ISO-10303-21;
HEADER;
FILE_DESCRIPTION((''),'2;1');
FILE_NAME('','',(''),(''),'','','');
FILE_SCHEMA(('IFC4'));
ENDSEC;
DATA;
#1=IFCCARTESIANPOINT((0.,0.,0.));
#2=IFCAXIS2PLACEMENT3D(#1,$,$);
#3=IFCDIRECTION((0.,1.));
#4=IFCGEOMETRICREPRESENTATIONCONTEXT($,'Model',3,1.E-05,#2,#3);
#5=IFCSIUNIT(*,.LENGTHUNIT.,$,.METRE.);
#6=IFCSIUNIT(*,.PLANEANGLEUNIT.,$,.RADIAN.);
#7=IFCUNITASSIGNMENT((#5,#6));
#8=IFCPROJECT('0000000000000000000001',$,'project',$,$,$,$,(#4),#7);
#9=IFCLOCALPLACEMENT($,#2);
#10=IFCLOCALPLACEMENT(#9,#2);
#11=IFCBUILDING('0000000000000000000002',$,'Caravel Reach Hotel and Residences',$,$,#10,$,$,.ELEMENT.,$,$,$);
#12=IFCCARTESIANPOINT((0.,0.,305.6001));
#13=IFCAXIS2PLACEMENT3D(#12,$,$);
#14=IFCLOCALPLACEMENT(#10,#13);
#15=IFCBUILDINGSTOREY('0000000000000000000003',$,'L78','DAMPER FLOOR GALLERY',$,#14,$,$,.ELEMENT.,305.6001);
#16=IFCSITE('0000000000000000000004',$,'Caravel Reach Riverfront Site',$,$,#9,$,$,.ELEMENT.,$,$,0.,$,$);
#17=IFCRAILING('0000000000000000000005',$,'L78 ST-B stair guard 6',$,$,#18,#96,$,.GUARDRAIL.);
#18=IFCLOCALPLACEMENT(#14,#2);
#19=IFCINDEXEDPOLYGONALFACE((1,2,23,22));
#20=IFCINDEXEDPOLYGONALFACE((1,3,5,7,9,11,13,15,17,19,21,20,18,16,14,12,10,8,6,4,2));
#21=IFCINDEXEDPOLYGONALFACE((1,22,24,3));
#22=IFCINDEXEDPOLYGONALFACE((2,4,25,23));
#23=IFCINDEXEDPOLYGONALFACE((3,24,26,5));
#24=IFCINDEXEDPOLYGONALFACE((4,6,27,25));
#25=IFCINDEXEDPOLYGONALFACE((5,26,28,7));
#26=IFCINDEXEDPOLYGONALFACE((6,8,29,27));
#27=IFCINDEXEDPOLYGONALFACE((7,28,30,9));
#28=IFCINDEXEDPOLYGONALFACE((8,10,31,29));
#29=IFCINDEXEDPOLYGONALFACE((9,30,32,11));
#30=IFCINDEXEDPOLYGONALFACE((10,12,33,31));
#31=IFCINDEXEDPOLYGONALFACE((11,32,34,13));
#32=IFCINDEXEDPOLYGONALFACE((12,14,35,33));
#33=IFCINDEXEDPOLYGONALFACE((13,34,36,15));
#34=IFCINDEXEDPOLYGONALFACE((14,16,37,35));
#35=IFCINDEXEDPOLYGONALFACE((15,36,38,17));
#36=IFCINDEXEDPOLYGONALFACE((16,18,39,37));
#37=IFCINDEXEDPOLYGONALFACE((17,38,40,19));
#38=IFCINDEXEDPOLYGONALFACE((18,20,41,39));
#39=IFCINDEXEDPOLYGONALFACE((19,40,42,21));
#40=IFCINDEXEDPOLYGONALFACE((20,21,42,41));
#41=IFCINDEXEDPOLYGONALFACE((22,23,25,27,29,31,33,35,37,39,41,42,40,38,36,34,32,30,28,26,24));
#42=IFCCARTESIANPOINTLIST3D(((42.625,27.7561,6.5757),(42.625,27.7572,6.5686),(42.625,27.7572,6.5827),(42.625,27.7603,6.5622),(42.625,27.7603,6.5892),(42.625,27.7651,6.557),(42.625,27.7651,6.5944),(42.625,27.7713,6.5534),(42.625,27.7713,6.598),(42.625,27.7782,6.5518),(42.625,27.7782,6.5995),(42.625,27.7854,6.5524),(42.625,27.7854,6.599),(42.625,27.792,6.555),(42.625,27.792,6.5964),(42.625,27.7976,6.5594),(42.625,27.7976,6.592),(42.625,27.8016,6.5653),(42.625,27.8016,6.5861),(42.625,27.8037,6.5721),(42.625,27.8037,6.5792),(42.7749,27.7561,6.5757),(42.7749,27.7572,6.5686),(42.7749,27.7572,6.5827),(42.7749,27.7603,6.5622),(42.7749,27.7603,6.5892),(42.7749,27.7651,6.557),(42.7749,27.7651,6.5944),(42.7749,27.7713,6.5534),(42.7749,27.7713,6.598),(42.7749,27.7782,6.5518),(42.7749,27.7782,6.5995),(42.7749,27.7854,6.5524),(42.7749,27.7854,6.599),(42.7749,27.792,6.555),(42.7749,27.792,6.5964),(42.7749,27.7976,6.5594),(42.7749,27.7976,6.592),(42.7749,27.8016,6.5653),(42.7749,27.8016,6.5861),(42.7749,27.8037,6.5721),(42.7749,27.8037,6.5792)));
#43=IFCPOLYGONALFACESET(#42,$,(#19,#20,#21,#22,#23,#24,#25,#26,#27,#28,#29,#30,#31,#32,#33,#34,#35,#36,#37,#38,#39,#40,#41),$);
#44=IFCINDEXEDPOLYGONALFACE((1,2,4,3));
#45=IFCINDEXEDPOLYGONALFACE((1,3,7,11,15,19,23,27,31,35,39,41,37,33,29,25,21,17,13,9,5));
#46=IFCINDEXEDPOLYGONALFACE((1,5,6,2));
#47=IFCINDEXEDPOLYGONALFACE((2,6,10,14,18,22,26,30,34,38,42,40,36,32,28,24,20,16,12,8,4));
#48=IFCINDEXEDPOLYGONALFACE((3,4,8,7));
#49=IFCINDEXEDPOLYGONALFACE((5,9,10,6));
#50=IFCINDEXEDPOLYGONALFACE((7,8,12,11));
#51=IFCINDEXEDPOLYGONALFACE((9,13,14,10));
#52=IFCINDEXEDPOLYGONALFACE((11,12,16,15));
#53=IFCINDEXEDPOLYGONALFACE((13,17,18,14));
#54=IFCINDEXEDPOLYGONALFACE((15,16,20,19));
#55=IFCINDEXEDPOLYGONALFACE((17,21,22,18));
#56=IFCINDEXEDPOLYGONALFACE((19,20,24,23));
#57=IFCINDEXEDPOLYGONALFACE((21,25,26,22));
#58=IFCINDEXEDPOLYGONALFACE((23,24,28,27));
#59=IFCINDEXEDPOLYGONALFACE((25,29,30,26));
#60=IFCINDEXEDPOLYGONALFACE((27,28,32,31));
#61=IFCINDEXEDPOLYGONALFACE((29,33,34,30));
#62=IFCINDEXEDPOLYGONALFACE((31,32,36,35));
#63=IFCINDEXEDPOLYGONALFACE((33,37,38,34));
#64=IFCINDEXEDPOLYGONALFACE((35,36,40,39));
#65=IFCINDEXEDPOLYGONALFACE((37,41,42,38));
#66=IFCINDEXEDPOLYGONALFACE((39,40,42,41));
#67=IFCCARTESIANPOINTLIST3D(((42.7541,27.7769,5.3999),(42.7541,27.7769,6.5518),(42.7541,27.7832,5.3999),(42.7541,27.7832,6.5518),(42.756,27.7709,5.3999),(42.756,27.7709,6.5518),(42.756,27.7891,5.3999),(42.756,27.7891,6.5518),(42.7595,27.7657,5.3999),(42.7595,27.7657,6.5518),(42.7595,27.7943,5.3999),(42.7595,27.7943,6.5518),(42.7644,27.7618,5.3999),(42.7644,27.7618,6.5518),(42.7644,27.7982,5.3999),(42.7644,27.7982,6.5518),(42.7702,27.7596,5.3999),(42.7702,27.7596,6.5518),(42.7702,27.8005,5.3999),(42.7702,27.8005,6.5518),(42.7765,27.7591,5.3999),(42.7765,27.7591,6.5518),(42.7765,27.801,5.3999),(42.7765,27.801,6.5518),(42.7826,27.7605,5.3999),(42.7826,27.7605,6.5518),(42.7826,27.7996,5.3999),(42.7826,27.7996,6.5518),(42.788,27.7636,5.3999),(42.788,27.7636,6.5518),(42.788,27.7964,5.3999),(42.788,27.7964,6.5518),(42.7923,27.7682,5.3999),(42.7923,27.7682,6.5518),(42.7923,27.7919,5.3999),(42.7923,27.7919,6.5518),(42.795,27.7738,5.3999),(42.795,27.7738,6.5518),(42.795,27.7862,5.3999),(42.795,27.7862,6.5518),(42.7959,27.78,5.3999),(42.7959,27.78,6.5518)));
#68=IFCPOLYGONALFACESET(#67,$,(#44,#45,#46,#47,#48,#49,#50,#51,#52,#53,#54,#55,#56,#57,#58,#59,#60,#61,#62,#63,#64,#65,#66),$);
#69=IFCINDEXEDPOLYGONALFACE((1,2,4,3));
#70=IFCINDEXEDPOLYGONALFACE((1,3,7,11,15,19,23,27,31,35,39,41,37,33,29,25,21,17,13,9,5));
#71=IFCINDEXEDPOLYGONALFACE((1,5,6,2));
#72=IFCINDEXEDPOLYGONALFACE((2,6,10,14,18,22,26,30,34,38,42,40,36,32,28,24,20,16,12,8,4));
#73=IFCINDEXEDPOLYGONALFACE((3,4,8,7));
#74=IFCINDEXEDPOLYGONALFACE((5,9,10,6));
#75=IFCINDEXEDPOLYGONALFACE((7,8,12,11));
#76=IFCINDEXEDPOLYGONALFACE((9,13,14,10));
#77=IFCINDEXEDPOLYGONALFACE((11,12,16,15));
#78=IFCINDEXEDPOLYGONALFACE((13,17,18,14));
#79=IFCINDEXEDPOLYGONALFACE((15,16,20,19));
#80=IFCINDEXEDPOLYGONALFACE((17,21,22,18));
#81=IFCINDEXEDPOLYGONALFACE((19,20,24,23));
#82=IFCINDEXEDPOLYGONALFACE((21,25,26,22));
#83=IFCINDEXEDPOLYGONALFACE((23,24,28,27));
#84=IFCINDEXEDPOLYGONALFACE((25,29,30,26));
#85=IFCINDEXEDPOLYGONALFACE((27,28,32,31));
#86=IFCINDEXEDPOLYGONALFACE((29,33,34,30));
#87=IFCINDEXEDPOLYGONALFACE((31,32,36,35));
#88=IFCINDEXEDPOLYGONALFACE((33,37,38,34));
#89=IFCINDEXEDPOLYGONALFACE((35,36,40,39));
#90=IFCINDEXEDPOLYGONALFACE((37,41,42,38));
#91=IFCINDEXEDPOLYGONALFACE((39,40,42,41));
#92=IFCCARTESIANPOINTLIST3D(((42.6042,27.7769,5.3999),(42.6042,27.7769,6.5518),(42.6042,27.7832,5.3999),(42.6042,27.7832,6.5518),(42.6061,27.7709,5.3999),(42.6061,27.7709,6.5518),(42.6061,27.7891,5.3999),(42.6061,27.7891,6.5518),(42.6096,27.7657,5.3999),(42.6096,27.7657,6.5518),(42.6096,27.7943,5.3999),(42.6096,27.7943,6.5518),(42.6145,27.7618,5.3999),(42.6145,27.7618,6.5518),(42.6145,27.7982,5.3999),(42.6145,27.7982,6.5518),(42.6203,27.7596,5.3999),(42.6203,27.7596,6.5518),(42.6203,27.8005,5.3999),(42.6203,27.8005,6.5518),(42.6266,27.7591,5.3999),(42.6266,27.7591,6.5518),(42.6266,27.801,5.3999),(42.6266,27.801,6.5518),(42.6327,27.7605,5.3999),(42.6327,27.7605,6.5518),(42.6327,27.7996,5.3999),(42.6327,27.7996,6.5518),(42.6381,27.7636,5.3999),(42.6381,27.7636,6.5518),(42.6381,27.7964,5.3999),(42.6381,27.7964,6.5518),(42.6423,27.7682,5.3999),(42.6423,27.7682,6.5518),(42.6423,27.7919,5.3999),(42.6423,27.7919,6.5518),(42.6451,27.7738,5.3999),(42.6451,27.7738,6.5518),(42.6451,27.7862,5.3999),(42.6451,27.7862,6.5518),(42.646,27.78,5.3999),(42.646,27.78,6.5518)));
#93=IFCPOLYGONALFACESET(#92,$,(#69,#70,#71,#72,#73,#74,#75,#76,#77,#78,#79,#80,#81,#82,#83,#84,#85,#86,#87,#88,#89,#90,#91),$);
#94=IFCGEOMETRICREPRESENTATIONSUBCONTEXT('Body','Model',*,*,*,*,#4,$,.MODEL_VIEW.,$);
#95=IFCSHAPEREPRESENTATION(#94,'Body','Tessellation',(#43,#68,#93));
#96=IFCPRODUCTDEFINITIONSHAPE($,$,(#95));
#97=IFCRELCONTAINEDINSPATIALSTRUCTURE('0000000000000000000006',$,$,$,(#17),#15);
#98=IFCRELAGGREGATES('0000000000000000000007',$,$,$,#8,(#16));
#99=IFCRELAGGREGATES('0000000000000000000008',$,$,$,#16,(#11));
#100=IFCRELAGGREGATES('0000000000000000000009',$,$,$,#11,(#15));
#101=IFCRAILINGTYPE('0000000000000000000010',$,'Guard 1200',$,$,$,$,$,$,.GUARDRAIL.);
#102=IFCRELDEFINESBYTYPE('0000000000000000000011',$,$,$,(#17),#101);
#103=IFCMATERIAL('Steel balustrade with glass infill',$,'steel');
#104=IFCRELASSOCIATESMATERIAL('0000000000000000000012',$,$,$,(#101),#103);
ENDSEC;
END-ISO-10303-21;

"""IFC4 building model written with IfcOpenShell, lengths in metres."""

from ifc_helpers import new_model, si_unit, direction, frame, origin, origin_2d, place, context, subcontext, project, spatial, circle, extrude, material, type_object, element, save


model = new_model("IFC4")

# Units and contexts
model_context = context("Model", 3, precision=1e-05, world=origin(), true_north=direction((0.0, 1.0)))
body_context = subcontext(model_context, "Body", "Model", "MODEL_VIEW")
ifc_project = project(units=[si_unit("LENGTHUNIT", "METRE"), si_unit("PLANEANGLEUNIT", "RADIAN")], contexts=[model_context])

# Site, building, storey
site_placement = place(None, origin())
site = spatial("IfcSite", under=ifc_project, at=site_placement, Name="Caravel Reach Riverfront Site", CompositionType="ELEMENT", RefElevation=0.0)
building_placement = place(site_placement, origin())
building = spatial("IfcBuilding", under=site, at=building_placement, Name="Caravel Reach Hotel and Residences", CompositionType="ELEMENT")
storey_placement = place(building_placement, frame((0.0, 0.0, 305.6001)))
storey = spatial("IfcBuildingStorey", under=building, at=storey_placement, Name="L78", Description="DAMPER FLOOR GALLERY", CompositionType="ELEMENT", Elevation=305.6001)

# Railing
ifc_material_1 = material(Name="Steel balustrade with glass infill", Category="steel")
railing_type_1 = type_object("IfcRailingType", Name="Guard 1200", PredefinedType="GUARDRAIL", material=ifc_material_1)
railing_1_placement = place(storey_placement, frame((42.7749, 27.78, 5.3999)))
element("IfcRailing", 1, at=railing_1_placement, inside=storey, type_object=railing_type_1, Name="L78 ST-B stair guard 6", PredefinedType="GUARDRAIL", context=body_context, shape_type="SweptSolid", body=[
    extrude(circle(Radius=0.0239, at=origin_2d()), frame((0.0, 0.0, 1.1758), z_axis=(-1.0, 0.0, 0.0), x_axis=(0.0, -1.0, 0.0)), (0.0, 0.0, 1.0), 0.1499),
    extrude(circle(Radius=0.021, at=origin_2d()), origin(), (0.0, 0.0, 1.0), 1.1519),
    extrude(circle(Radius=0.021, at=origin_2d()), frame((-0.1499, 0.0, 0.0)), (0.0, 0.0, 1.0), 1.1519),
])

save(model, "model.ifc")
